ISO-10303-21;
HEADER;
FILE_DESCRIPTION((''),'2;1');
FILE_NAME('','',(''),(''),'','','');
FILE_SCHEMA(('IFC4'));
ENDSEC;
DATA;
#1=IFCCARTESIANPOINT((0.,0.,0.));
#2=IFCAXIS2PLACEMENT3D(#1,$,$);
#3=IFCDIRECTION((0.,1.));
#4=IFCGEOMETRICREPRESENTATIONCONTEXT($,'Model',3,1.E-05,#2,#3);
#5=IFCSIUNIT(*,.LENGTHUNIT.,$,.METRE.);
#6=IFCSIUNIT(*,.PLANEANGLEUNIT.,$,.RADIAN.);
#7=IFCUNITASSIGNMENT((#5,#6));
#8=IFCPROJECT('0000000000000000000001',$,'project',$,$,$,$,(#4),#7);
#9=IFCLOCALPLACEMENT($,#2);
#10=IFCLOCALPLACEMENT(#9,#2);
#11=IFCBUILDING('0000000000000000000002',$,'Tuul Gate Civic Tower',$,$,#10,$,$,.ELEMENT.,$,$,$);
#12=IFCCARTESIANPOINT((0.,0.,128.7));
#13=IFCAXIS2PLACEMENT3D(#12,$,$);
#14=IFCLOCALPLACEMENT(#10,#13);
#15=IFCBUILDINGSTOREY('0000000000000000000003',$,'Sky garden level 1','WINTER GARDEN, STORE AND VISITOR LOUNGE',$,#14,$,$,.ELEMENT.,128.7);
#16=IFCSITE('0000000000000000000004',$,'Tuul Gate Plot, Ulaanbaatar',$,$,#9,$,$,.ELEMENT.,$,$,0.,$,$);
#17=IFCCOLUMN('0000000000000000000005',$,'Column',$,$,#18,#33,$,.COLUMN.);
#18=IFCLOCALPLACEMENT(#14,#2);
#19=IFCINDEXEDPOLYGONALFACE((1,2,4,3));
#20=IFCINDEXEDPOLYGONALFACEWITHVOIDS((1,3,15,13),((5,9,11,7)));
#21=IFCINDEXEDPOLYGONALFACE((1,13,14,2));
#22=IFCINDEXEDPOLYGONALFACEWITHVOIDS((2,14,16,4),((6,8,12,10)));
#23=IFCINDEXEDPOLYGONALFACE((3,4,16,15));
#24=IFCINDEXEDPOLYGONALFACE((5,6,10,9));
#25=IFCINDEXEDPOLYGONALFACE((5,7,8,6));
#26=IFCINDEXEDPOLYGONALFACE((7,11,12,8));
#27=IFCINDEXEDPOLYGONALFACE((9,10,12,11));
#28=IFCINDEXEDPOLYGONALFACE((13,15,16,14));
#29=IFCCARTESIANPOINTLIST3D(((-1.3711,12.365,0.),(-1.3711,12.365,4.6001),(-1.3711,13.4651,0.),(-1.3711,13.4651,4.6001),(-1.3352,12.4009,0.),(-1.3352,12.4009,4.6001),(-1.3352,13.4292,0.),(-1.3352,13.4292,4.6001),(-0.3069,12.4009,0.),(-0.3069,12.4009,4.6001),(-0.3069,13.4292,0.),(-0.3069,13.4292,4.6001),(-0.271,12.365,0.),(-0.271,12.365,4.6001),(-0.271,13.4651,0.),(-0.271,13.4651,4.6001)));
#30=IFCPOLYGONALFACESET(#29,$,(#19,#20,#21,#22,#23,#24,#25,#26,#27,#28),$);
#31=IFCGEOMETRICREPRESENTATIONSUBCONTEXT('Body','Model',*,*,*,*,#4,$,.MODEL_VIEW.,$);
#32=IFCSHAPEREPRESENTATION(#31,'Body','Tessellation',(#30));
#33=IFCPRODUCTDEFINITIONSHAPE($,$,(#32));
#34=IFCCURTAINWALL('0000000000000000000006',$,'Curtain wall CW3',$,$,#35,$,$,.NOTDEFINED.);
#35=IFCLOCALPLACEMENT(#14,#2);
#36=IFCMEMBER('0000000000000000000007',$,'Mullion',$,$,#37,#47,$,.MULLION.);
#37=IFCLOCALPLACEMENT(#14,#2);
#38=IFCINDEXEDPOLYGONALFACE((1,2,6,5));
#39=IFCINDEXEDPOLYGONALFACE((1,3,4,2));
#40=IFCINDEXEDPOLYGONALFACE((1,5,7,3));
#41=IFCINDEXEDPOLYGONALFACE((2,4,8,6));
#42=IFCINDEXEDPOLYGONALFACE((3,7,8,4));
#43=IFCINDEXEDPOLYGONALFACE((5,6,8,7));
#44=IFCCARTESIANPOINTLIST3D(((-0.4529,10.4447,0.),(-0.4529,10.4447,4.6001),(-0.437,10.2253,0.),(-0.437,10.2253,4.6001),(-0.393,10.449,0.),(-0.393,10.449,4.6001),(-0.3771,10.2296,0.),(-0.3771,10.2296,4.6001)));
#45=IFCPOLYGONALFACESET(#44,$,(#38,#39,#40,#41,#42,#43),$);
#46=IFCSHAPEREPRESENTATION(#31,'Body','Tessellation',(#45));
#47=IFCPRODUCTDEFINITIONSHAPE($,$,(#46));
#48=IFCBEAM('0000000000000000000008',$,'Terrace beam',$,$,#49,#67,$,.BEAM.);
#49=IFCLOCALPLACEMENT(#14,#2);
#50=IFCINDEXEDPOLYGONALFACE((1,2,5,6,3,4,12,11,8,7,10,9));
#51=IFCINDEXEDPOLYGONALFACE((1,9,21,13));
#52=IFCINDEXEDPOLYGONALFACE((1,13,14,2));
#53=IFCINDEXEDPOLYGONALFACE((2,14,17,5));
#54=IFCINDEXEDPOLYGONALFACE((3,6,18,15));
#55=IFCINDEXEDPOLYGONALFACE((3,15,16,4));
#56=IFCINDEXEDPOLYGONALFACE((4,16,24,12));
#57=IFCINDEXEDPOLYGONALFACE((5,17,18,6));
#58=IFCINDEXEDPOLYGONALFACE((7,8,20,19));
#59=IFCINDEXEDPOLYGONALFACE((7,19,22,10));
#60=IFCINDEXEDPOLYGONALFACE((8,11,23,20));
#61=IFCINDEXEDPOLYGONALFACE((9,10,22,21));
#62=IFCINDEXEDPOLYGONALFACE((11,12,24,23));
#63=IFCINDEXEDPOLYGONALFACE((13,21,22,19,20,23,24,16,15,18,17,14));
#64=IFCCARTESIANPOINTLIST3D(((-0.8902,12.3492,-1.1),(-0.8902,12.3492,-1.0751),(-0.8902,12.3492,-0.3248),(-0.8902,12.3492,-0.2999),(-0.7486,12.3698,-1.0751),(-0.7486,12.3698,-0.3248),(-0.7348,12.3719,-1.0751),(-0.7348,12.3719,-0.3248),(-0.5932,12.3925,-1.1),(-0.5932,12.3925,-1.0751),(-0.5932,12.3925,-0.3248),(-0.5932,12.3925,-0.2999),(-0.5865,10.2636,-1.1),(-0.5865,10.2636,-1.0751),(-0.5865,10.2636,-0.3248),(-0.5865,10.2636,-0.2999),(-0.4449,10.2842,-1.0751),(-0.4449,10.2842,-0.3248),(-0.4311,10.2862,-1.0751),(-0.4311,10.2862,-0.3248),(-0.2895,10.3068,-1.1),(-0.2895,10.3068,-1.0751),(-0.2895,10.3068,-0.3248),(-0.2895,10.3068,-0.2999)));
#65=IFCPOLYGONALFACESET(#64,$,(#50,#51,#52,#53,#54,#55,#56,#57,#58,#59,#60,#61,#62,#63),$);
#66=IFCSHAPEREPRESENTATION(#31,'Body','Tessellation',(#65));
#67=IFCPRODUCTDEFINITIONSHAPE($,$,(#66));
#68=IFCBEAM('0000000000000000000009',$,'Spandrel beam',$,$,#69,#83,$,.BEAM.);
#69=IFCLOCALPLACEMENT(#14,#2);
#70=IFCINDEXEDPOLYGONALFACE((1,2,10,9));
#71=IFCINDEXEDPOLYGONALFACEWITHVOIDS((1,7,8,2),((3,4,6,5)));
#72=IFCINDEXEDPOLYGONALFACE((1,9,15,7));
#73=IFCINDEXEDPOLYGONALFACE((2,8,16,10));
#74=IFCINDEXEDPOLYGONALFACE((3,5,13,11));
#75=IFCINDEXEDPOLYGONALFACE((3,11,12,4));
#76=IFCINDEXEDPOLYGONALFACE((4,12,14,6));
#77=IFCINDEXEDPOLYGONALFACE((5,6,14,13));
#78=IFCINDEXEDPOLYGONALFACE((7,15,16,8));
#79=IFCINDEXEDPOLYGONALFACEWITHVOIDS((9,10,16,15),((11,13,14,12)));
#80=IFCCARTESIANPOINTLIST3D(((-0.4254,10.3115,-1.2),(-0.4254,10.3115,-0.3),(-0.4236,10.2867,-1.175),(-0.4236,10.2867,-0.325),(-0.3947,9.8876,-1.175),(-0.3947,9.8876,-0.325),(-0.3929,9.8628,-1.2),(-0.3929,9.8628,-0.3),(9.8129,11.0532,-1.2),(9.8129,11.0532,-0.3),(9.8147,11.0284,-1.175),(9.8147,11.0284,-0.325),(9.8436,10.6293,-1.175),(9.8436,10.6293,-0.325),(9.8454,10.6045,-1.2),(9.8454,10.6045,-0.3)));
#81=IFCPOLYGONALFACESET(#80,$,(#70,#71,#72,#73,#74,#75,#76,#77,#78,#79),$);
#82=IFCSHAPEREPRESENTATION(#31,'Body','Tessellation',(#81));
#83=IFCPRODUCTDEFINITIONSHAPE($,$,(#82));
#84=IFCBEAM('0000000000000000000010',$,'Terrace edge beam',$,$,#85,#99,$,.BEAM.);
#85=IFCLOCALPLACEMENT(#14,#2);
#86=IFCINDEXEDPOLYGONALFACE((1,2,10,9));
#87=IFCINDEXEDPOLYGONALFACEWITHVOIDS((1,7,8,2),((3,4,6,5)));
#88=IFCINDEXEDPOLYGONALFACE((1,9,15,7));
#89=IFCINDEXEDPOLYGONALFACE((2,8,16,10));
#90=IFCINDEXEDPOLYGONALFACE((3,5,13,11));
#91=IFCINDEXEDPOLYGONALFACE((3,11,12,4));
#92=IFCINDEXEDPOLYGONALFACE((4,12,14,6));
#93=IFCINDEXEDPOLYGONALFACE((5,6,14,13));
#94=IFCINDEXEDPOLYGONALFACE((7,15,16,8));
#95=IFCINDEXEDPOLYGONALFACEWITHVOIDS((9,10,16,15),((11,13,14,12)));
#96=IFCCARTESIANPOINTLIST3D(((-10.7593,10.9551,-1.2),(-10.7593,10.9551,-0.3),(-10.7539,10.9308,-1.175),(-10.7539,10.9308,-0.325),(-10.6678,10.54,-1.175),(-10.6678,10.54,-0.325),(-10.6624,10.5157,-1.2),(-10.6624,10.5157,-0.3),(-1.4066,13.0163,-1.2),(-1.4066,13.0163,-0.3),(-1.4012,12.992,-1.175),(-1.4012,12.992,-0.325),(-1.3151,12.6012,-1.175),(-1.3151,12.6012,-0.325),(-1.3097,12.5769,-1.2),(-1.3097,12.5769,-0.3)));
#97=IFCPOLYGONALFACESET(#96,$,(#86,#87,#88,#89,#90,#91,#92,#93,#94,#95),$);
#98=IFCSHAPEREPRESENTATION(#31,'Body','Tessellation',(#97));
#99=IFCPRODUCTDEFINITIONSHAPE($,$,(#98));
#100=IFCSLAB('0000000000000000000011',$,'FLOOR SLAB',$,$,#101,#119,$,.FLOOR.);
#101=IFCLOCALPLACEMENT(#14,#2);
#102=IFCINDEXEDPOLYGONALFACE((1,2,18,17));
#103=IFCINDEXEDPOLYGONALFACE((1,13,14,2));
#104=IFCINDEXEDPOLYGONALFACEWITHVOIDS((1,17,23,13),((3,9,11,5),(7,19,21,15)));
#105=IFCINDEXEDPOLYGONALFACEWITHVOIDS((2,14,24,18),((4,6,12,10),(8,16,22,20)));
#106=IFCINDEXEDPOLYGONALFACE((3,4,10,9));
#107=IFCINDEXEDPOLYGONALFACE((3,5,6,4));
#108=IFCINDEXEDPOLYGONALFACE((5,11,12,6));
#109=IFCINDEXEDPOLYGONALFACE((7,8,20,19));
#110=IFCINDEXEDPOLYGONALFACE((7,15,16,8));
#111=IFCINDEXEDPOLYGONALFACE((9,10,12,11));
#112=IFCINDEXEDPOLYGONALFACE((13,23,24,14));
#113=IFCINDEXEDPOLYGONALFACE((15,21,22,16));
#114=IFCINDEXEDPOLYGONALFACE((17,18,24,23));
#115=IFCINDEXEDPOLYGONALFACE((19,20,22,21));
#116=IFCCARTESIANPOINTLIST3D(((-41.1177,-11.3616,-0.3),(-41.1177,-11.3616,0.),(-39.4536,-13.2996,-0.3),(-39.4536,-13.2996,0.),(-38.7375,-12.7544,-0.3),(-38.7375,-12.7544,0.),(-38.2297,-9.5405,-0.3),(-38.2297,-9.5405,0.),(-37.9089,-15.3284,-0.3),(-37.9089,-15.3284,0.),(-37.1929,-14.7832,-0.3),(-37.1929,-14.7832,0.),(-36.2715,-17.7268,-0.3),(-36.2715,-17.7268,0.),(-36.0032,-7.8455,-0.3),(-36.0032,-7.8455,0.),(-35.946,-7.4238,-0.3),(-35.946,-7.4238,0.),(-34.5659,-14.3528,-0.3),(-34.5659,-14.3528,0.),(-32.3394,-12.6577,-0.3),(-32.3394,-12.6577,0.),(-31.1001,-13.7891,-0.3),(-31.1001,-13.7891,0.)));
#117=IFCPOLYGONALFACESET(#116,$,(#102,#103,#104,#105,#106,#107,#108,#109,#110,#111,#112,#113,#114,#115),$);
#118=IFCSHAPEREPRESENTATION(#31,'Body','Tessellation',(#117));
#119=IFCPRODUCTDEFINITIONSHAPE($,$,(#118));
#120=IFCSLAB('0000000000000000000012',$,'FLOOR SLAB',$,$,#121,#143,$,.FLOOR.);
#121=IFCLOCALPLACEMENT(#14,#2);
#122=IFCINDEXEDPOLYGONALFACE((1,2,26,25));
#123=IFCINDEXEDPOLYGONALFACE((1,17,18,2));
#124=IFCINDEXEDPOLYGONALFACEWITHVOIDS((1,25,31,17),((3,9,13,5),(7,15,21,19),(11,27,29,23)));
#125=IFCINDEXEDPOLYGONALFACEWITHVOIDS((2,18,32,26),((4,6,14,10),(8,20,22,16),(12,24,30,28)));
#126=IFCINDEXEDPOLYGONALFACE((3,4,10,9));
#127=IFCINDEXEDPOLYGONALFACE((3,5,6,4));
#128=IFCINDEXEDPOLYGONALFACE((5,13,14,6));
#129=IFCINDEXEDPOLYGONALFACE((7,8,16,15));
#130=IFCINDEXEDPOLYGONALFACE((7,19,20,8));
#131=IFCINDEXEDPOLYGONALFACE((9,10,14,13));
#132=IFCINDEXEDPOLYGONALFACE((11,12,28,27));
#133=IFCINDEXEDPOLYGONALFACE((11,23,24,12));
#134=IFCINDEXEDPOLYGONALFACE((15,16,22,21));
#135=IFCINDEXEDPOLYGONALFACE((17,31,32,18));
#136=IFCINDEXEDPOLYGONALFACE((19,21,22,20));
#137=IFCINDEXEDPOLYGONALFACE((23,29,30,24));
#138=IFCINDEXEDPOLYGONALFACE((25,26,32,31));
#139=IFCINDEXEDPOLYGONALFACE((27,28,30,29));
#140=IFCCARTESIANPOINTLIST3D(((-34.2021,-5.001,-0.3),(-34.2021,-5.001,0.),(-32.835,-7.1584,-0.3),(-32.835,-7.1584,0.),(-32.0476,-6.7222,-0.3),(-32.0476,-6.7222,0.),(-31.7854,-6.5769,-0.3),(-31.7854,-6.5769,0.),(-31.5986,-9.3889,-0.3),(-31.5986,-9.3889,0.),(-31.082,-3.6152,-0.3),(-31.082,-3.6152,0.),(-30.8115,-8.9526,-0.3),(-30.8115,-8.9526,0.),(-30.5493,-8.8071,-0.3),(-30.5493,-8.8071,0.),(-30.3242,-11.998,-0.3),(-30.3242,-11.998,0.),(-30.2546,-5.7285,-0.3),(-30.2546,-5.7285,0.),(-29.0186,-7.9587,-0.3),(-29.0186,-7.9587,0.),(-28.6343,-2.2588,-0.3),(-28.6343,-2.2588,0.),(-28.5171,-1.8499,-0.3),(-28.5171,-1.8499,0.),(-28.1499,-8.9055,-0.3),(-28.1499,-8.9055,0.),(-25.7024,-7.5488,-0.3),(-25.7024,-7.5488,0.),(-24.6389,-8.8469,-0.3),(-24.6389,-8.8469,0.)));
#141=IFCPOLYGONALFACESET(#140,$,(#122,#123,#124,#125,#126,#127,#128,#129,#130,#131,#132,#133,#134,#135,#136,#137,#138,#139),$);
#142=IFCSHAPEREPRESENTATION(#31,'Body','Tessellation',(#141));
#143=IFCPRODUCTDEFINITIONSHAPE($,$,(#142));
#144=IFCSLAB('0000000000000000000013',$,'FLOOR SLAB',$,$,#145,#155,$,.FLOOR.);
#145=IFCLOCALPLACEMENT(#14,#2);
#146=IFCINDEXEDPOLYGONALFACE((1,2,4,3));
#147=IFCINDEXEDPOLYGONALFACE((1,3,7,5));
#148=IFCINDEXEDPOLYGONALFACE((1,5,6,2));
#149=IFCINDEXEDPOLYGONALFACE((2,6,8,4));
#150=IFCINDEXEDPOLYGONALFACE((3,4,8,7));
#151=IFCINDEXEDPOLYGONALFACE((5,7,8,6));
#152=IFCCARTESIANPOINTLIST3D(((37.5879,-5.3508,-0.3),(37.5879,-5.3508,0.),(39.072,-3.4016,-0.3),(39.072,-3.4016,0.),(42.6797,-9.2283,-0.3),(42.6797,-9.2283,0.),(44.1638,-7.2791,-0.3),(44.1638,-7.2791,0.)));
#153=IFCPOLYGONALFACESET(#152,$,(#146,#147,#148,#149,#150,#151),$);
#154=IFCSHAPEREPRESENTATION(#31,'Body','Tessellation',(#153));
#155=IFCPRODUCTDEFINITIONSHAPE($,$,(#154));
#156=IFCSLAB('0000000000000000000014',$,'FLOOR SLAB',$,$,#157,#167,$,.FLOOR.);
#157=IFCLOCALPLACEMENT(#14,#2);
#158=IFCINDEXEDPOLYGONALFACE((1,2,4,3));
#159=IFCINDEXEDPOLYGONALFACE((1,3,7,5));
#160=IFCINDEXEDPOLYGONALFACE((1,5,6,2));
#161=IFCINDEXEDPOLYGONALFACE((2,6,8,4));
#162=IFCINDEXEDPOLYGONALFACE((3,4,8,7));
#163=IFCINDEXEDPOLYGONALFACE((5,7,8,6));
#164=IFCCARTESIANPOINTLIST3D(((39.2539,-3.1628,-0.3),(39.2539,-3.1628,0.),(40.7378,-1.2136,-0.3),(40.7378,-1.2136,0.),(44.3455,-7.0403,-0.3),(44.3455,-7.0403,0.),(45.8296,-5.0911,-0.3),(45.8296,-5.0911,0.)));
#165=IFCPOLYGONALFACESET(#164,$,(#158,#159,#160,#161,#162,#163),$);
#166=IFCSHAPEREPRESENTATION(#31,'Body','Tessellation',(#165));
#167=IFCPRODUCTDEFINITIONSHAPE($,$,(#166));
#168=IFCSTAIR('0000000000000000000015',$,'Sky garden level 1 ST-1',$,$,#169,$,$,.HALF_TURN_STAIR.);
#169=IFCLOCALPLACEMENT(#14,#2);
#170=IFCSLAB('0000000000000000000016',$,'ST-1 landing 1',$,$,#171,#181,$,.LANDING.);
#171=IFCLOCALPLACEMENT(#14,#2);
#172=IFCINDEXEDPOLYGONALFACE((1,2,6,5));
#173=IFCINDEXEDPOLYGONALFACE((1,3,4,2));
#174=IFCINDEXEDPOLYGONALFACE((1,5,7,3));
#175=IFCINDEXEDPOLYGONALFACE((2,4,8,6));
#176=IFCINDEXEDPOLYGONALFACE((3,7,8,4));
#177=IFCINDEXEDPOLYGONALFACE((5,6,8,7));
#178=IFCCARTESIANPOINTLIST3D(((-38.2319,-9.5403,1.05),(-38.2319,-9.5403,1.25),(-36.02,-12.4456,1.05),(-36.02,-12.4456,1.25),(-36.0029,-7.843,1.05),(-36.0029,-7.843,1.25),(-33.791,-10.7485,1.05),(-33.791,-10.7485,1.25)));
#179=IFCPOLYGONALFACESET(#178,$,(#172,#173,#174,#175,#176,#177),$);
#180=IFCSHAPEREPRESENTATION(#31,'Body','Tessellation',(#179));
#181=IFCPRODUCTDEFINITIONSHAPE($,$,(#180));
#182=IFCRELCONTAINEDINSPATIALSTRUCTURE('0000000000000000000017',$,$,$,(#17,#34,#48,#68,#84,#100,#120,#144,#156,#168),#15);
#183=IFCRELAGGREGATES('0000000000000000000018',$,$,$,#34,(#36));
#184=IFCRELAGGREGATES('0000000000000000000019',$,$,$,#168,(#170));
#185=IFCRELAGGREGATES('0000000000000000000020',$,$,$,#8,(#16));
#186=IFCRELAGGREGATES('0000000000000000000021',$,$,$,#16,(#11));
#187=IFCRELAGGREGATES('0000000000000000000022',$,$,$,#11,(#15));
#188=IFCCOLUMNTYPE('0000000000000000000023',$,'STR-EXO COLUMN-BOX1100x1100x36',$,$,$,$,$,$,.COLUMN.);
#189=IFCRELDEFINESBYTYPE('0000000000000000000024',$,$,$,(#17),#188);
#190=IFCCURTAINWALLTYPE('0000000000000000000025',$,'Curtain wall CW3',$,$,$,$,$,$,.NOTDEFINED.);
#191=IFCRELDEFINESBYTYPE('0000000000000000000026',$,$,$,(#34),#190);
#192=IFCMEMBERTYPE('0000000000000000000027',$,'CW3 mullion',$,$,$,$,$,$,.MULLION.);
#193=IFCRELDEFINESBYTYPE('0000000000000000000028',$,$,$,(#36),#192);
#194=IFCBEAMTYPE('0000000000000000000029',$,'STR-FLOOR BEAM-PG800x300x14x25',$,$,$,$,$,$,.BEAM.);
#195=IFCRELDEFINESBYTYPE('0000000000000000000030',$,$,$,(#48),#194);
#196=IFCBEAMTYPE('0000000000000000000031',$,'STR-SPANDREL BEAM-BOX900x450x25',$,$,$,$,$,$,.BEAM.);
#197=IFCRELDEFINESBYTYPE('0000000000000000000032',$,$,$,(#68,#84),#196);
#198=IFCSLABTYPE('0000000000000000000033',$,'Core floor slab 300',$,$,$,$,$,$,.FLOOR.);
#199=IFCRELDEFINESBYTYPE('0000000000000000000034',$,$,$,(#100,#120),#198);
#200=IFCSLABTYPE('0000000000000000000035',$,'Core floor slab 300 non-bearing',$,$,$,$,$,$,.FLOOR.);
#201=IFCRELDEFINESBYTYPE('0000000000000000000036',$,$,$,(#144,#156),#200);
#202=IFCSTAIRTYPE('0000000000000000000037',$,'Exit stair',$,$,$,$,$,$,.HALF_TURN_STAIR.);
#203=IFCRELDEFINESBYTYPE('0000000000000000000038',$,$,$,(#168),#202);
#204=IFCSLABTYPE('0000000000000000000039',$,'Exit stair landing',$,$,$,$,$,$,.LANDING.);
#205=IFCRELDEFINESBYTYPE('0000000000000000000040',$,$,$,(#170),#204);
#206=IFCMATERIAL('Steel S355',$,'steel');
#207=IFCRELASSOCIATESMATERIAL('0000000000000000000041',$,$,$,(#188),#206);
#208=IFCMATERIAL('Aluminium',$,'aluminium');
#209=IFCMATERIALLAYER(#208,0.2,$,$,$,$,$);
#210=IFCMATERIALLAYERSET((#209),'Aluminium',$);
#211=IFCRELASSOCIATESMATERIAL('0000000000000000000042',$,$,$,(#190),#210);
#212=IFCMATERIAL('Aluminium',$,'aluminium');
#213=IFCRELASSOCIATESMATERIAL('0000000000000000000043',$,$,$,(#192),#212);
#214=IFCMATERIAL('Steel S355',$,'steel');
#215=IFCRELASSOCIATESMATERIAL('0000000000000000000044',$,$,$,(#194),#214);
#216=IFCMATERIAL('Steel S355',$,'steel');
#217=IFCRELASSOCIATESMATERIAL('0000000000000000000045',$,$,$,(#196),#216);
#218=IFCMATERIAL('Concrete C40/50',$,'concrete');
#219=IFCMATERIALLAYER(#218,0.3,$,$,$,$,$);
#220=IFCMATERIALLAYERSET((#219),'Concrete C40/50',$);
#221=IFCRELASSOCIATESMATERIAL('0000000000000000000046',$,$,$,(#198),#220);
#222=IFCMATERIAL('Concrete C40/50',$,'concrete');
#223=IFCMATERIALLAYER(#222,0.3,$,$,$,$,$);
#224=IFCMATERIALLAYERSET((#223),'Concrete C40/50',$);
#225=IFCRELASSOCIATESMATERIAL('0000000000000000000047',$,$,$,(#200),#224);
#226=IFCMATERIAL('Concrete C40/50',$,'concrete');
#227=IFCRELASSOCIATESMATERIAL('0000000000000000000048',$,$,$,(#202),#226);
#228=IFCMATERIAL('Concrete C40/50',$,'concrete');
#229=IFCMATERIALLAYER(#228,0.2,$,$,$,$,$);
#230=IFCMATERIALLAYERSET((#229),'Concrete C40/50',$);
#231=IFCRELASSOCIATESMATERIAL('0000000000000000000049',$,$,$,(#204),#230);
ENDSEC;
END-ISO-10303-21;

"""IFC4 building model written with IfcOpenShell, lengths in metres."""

from ifc_helpers import new_model, si_unit, direction, frame, origin, origin_2d, place, context, subcontext, project, spatial, polyline, rectangle, hollow_rectangle, i_section, outline, extrude, material, layer, layer_set, material_profile, profile_set, type_object, element, aggregate, save


model = new_model("IFC4")

# Units and contexts
model_context = context("Model", 3, precision=1e-05, world=origin(), true_north=direction((0.0, 1.0)))
body_context = subcontext(model_context, "Body", "Model", "MODEL_VIEW")
ifc_project = project(units=[si_unit("LENGTHUNIT", "METRE"), si_unit("PLANEANGLEUNIT", "RADIAN")], contexts=[model_context])

# Site, building, storey
site_placement = place(None, origin())
site = spatial("IfcSite", under=ifc_project, at=site_placement, Name="Tuul Gate Plot, Ulaanbaatar", CompositionType="ELEMENT", RefElevation=0.0)
building_placement = place(site_placement, origin())
building = spatial("IfcBuilding", under=site, at=building_placement, Name="Tuul Gate Civic Tower", CompositionType="ELEMENT")
storey_placement = place(building_placement, frame((0.0, 0.0, 128.7)))
storey = spatial("IfcBuildingStorey", under=building, at=storey_placement, Name="Sky garden level 1", Description="WINTER GARDEN, STORE AND VISITOR LOUNGE", CompositionType="ELEMENT", Elevation=128.7)

# Column
ifc_material_1 = material(Name="Steel S355", Category="steel")
ifc_material_profile_1 = material_profile(ifc_material_1, hollow_rectangle(XDim=1.1001, YDim=1.1001, WallThickness=0.0359, at=origin_2d()), Name="BOX1100x1100x36")
ifc_profile_set_1 = profile_set([ifc_material_profile_1], Name="Steel S355")
column_type = type_object("IfcColumnType", Name="STR-EXO COLUMN-BOX1100x1100x36", PredefinedType="COLUMN", material=ifc_profile_set_1)
column_placement = place(storey_placement, frame((-0.821, 12.915, 0.0), z_axis=(0.0, 0.0, 1.0), x_axis=(1.0, 0.0, 0.0)))
element("IfcColumn", 1, at=column_placement, inside=storey, type_object=column_type, Name="Column", PredefinedType="COLUMN", context=body_context, shape_type="SweptSolid", body=[
    extrude(hollow_rectangle(XDim=1.1001, YDim=1.1001, WallThickness=0.0359, at=origin_2d()), origin(), (0.0, 0.0, 1.0), 4.6001),
])

# Curtain wall, member
ifc_material_2 = material(Name="Aluminium", Category="aluminium")
ifc_layer_1 = layer(ifc_material_2, 0.2)
ifc_layer_set_1 = layer_set([ifc_layer_1], Name="Aluminium")
curtain_wall_type = type_object("IfcCurtainWallType", Name="Curtain wall CW3", PredefinedType="NOTDEFINED", material=ifc_layer_set_1)
curtain_wall_placement = place(storey_placement, origin())
curtain_wall = element("IfcCurtainWall", 2, at=curtain_wall_placement, inside=storey, type_object=curtain_wall_type, Name="Curtain wall CW3", PredefinedType="NOTDEFINED")
ifc_material_3 = material(Name="Aluminium", Category="aluminium")
ifc_material_profile_2 = material_profile(ifc_material_3, rectangle(XDim=0.22, YDim=0.0601, at=origin_2d()), Name="CW3 mullion")
ifc_profile_set_2 = profile_set([ifc_material_profile_2], Name="Aluminium")
member_type = type_object("IfcMemberType", Name="CW3 mullion", PredefinedType="MULLION", material=ifc_profile_set_2)
member_placement = place(storey_placement, frame((-0.415, 10.3372, 0.0), z_axis=(0.0, 0.0, 1.0), x_axis=(0.072323, -0.997381, 0.0)))
member = element("IfcMember", 3, at=member_placement, type_object=member_type, Name="Mullion", PredefinedType="MULLION", context=body_context, shape_type="SweptSolid", body=[
    extrude(rectangle(XDim=0.22, YDim=0.0601, at=origin_2d()), origin(), (0.0, 0.0, 1.0), 4.6001),
])
aggregate(curtain_wall, [member])

# Beams
ifc_material_4 = material(Name="Steel S355", Category="steel")
ifc_material_profile_3 = material_profile(ifc_material_4, i_section(OverallWidth=0.3, OverallDepth=0.8, WebThickness=0.0139, FlangeThickness=0.0249, at=origin_2d()), Name="PG800x300x14x25")
ifc_profile_set_3 = profile_set([ifc_material_profile_3], Name="Steel S355")
beam_type_1 = type_object("IfcBeamType", Name="STR-FLOOR BEAM-PG800x300x14x25", PredefinedType="BEAM", material=ifc_profile_set_3)
beam_1_placement = place(storey_placement, frame((-0.7417, 12.3708, -0.7), z_axis=(0.144097, -0.989564, 0.0), x_axis=(0.989564, 0.144097, 0.0)))
element("IfcBeam", 4, at=beam_1_placement, inside=storey, type_object=beam_type_1, Name="Terrace beam", PredefinedType="BEAM", context=body_context, shape_type="SweptSolid", body=[
    extrude(i_section(OverallWidth=0.3, OverallDepth=0.8, WebThickness=0.0139, FlangeThickness=0.0249, at=origin_2d()), origin(), (0.0, 0.0, 1.0), 2.1077),
])
ifc_material_5 = material(Name="Steel S355", Category="steel")
ifc_material_profile_4 = material_profile(ifc_material_5, hollow_rectangle(XDim=0.45, YDim=0.8999, WallThickness=0.0249, at=origin_2d()), Name="BOX900x450x25")
ifc_profile_set_4 = profile_set([ifc_material_profile_4], Name="Steel S355")
beam_type_2 = type_object("IfcBeamType", Name="STR-SPANDREL BEAM-BOX900x450x25", PredefinedType="BEAM", material=ifc_profile_set_4)
beam_2_placement = place(storey_placement, frame((-0.4092, 10.0872, -0.75), z_axis=(0.997386, 0.072254, 0.0), x_axis=(-0.072254, 0.997386, 0.0)))
element("IfcBeam", 5, at=beam_2_placement, inside=storey, type_object=beam_type_2, Name="Spandrel beam", PredefinedType="BEAM", context=body_context, shape_type="SweptSolid", body=[
    extrude(hollow_rectangle(XDim=0.45, YDim=0.8999, WallThickness=0.0249, at=origin_2d()), origin(), (0.0, 0.0, 1.0), 10.2651),
])
beam_3_placement = place(storey_placement, frame((-1.3582, 12.7966, -0.75), z_axis=(-0.976564, -0.215227, 0.0), x_axis=(0.215227, -0.976564, 0.0)))
element("IfcBeam", 6, at=beam_3_placement, inside=storey, type_object=beam_type_2, Name="Terrace edge beam", PredefinedType="BEAM", context=body_context, shape_type="SweptSolid", body=[
    extrude(hollow_rectangle(XDim=0.45, YDim=0.8999, WallThickness=0.0249, at=origin_2d()), origin(), (0.0, 0.0, 1.0), 9.5771),
])

# Slabs
ifc_material_6 = material(Name="Concrete C40/50", Category="concrete")
ifc_layer_2 = layer(ifc_material_6, 0.3)
ifc_layer_set_2 = layer_set([ifc_layer_2], Name="Concrete C40/50")
slab_type_1 = type_object("IfcSlabType", Name="Core floor slab 300", PredefinedType="FLOOR", material=ifc_layer_set_2)
slab_1_placement = place(storey_placement, frame((0.0, 0.0, -0.3)))
element("IfcSlab", 7, at=slab_1_placement, inside=storey, type_object=slab_type_1, Name="FLOOR SLAB", PredefinedType="FLOOR", context=body_context, shape_type="SweptSolid", body=[
    extrude(outline(polyline([(-31.1001, -13.7891), (-35.946, -7.4238), (-41.1177, -11.3616), (-36.2715, -17.7268), (-31.1001, -13.7891)]), holes=[polyline([(-37.1929, -14.7832), (-38.7375, -12.7544), (-39.4536, -13.2996), (-37.9089, -15.3284), (-37.1929, -14.7832)]), polyline([(-32.3394, -12.6577), (-34.5659, -14.3528), (-38.2297, -9.5405), (-36.0032, -7.8455), (-32.3394, -12.6577)])]), origin(), (0.0, 0.0, 1.0), 0.3),
])
slab_2_placement = place(storey_placement, frame((0.0, 0.0, -0.3)))
element("IfcSlab", 8, at=slab_2_placement, inside=storey, type_object=slab_type_1, Name="FLOOR SLAB", PredefinedType="FLOOR", context=body_context, shape_type="SweptSolid", body=[
    extrude(outline(polyline([(-24.6389, -8.8469), (-28.5171, -1.8499), (-34.2021, -5.001), (-30.3242, -11.998), (-24.6389, -8.8469)]), holes=[polyline([(-29.0186, -7.9587), (-30.2546, -5.7285), (-31.7854, -6.5769), (-30.5493, -8.8071), (-29.0186, -7.9587)]), polyline([(-30.8115, -8.9526), (-32.0476, -6.7222), (-32.835, -7.1584), (-31.5986, -9.3889), (-30.8115, -8.9526)]), polyline([(-25.7024, -7.5488), (-28.1499, -8.9055), (-31.082, -3.6152), (-28.6343, -2.2588), (-25.7024, -7.5488)])]), origin(), (0.0, 0.0, 1.0), 0.3),
])
ifc_material_7 = material(Name="Concrete C40/50", Category="concrete")
ifc_layer_3 = layer(ifc_material_7, 0.3)
ifc_layer_set_3 = layer_set([ifc_layer_3], Name="Concrete C40/50")
slab_type_2 = type_object("IfcSlabType", Name="Core floor slab 300 non-bearing", PredefinedType="FLOOR", material=ifc_layer_set_3)
slab_3_placement = place(storey_placement, frame((0.0, 0.0, -0.3)))
element("IfcSlab", 9, at=slab_3_placement, inside=storey, type_object=slab_type_2, Name="FLOOR SLAB", PredefinedType="FLOOR", context=body_context, shape_type="SweptSolid", body=[
    extrude(outline(polyline([(37.5879, -5.3508), (39.072, -3.4016), (44.1638, -7.2791), (42.6797, -9.2283), (37.5879, -5.3508)])), origin(), (0.0, 0.0, 1.0), 0.3),
])
slab_4_placement = place(storey_placement, frame((0.0, 0.0, -0.3)))
element("IfcSlab", 10, at=slab_4_placement, inside=storey, type_object=slab_type_2, Name="FLOOR SLAB", PredefinedType="FLOOR", context=body_context, shape_type="SweptSolid", body=[
    extrude(outline(polyline([(44.3455, -7.0403), (39.2539, -3.1628), (40.7378, -1.2136), (45.8296, -5.0911), (44.3455, -7.0403)])), origin(), (0.0, 0.0, 1.0), 0.3),
])

# Stair, slab
ifc_material_8 = material(Name="Concrete C40/50", Category="concrete")
stair_type = type_object("IfcStairType", Name="Exit stair", PredefinedType="HALF_TURN_STAIR", material=ifc_material_8)
stair_1_placement = place(storey_placement, origin())
stair_1 = element("IfcStair", 11, at=stair_1_placement, inside=storey, type_object=stair_type, Name="Sky garden level 1 ST-1", PredefinedType="HALF_TURN_STAIR")
ifc_material_9 = material(Name="Concrete C40/50", Category="concrete")
ifc_layer_4 = layer(ifc_material_9, 0.2)
ifc_layer_set_4 = layer_set([ifc_layer_4], Name="Concrete C40/50")
slab_type_3 = type_object("IfcSlabType", Name="Exit stair landing", PredefinedType="LANDING", material=ifc_layer_set_4)
slab_5_placement = place(storey_placement, frame((0.0, 0.0, 1.05)))
slab_5 = element("IfcSlab", 12, at=slab_5_placement, type_object=slab_type_3, Name="ST-1 landing 1", PredefinedType="LANDING", context=body_context, shape_type="SweptSolid", body=[
    extrude(outline(polyline([(-33.791, -10.7485), (-36.02, -12.4456), (-38.2319, -9.5403), (-36.0029, -7.843), (-33.791, -10.7485)])), origin(), (0.0, 0.0, 1.0), 0.2),
])
aggregate(stair_1, [slab_5])

save(model, "model.ifc")
